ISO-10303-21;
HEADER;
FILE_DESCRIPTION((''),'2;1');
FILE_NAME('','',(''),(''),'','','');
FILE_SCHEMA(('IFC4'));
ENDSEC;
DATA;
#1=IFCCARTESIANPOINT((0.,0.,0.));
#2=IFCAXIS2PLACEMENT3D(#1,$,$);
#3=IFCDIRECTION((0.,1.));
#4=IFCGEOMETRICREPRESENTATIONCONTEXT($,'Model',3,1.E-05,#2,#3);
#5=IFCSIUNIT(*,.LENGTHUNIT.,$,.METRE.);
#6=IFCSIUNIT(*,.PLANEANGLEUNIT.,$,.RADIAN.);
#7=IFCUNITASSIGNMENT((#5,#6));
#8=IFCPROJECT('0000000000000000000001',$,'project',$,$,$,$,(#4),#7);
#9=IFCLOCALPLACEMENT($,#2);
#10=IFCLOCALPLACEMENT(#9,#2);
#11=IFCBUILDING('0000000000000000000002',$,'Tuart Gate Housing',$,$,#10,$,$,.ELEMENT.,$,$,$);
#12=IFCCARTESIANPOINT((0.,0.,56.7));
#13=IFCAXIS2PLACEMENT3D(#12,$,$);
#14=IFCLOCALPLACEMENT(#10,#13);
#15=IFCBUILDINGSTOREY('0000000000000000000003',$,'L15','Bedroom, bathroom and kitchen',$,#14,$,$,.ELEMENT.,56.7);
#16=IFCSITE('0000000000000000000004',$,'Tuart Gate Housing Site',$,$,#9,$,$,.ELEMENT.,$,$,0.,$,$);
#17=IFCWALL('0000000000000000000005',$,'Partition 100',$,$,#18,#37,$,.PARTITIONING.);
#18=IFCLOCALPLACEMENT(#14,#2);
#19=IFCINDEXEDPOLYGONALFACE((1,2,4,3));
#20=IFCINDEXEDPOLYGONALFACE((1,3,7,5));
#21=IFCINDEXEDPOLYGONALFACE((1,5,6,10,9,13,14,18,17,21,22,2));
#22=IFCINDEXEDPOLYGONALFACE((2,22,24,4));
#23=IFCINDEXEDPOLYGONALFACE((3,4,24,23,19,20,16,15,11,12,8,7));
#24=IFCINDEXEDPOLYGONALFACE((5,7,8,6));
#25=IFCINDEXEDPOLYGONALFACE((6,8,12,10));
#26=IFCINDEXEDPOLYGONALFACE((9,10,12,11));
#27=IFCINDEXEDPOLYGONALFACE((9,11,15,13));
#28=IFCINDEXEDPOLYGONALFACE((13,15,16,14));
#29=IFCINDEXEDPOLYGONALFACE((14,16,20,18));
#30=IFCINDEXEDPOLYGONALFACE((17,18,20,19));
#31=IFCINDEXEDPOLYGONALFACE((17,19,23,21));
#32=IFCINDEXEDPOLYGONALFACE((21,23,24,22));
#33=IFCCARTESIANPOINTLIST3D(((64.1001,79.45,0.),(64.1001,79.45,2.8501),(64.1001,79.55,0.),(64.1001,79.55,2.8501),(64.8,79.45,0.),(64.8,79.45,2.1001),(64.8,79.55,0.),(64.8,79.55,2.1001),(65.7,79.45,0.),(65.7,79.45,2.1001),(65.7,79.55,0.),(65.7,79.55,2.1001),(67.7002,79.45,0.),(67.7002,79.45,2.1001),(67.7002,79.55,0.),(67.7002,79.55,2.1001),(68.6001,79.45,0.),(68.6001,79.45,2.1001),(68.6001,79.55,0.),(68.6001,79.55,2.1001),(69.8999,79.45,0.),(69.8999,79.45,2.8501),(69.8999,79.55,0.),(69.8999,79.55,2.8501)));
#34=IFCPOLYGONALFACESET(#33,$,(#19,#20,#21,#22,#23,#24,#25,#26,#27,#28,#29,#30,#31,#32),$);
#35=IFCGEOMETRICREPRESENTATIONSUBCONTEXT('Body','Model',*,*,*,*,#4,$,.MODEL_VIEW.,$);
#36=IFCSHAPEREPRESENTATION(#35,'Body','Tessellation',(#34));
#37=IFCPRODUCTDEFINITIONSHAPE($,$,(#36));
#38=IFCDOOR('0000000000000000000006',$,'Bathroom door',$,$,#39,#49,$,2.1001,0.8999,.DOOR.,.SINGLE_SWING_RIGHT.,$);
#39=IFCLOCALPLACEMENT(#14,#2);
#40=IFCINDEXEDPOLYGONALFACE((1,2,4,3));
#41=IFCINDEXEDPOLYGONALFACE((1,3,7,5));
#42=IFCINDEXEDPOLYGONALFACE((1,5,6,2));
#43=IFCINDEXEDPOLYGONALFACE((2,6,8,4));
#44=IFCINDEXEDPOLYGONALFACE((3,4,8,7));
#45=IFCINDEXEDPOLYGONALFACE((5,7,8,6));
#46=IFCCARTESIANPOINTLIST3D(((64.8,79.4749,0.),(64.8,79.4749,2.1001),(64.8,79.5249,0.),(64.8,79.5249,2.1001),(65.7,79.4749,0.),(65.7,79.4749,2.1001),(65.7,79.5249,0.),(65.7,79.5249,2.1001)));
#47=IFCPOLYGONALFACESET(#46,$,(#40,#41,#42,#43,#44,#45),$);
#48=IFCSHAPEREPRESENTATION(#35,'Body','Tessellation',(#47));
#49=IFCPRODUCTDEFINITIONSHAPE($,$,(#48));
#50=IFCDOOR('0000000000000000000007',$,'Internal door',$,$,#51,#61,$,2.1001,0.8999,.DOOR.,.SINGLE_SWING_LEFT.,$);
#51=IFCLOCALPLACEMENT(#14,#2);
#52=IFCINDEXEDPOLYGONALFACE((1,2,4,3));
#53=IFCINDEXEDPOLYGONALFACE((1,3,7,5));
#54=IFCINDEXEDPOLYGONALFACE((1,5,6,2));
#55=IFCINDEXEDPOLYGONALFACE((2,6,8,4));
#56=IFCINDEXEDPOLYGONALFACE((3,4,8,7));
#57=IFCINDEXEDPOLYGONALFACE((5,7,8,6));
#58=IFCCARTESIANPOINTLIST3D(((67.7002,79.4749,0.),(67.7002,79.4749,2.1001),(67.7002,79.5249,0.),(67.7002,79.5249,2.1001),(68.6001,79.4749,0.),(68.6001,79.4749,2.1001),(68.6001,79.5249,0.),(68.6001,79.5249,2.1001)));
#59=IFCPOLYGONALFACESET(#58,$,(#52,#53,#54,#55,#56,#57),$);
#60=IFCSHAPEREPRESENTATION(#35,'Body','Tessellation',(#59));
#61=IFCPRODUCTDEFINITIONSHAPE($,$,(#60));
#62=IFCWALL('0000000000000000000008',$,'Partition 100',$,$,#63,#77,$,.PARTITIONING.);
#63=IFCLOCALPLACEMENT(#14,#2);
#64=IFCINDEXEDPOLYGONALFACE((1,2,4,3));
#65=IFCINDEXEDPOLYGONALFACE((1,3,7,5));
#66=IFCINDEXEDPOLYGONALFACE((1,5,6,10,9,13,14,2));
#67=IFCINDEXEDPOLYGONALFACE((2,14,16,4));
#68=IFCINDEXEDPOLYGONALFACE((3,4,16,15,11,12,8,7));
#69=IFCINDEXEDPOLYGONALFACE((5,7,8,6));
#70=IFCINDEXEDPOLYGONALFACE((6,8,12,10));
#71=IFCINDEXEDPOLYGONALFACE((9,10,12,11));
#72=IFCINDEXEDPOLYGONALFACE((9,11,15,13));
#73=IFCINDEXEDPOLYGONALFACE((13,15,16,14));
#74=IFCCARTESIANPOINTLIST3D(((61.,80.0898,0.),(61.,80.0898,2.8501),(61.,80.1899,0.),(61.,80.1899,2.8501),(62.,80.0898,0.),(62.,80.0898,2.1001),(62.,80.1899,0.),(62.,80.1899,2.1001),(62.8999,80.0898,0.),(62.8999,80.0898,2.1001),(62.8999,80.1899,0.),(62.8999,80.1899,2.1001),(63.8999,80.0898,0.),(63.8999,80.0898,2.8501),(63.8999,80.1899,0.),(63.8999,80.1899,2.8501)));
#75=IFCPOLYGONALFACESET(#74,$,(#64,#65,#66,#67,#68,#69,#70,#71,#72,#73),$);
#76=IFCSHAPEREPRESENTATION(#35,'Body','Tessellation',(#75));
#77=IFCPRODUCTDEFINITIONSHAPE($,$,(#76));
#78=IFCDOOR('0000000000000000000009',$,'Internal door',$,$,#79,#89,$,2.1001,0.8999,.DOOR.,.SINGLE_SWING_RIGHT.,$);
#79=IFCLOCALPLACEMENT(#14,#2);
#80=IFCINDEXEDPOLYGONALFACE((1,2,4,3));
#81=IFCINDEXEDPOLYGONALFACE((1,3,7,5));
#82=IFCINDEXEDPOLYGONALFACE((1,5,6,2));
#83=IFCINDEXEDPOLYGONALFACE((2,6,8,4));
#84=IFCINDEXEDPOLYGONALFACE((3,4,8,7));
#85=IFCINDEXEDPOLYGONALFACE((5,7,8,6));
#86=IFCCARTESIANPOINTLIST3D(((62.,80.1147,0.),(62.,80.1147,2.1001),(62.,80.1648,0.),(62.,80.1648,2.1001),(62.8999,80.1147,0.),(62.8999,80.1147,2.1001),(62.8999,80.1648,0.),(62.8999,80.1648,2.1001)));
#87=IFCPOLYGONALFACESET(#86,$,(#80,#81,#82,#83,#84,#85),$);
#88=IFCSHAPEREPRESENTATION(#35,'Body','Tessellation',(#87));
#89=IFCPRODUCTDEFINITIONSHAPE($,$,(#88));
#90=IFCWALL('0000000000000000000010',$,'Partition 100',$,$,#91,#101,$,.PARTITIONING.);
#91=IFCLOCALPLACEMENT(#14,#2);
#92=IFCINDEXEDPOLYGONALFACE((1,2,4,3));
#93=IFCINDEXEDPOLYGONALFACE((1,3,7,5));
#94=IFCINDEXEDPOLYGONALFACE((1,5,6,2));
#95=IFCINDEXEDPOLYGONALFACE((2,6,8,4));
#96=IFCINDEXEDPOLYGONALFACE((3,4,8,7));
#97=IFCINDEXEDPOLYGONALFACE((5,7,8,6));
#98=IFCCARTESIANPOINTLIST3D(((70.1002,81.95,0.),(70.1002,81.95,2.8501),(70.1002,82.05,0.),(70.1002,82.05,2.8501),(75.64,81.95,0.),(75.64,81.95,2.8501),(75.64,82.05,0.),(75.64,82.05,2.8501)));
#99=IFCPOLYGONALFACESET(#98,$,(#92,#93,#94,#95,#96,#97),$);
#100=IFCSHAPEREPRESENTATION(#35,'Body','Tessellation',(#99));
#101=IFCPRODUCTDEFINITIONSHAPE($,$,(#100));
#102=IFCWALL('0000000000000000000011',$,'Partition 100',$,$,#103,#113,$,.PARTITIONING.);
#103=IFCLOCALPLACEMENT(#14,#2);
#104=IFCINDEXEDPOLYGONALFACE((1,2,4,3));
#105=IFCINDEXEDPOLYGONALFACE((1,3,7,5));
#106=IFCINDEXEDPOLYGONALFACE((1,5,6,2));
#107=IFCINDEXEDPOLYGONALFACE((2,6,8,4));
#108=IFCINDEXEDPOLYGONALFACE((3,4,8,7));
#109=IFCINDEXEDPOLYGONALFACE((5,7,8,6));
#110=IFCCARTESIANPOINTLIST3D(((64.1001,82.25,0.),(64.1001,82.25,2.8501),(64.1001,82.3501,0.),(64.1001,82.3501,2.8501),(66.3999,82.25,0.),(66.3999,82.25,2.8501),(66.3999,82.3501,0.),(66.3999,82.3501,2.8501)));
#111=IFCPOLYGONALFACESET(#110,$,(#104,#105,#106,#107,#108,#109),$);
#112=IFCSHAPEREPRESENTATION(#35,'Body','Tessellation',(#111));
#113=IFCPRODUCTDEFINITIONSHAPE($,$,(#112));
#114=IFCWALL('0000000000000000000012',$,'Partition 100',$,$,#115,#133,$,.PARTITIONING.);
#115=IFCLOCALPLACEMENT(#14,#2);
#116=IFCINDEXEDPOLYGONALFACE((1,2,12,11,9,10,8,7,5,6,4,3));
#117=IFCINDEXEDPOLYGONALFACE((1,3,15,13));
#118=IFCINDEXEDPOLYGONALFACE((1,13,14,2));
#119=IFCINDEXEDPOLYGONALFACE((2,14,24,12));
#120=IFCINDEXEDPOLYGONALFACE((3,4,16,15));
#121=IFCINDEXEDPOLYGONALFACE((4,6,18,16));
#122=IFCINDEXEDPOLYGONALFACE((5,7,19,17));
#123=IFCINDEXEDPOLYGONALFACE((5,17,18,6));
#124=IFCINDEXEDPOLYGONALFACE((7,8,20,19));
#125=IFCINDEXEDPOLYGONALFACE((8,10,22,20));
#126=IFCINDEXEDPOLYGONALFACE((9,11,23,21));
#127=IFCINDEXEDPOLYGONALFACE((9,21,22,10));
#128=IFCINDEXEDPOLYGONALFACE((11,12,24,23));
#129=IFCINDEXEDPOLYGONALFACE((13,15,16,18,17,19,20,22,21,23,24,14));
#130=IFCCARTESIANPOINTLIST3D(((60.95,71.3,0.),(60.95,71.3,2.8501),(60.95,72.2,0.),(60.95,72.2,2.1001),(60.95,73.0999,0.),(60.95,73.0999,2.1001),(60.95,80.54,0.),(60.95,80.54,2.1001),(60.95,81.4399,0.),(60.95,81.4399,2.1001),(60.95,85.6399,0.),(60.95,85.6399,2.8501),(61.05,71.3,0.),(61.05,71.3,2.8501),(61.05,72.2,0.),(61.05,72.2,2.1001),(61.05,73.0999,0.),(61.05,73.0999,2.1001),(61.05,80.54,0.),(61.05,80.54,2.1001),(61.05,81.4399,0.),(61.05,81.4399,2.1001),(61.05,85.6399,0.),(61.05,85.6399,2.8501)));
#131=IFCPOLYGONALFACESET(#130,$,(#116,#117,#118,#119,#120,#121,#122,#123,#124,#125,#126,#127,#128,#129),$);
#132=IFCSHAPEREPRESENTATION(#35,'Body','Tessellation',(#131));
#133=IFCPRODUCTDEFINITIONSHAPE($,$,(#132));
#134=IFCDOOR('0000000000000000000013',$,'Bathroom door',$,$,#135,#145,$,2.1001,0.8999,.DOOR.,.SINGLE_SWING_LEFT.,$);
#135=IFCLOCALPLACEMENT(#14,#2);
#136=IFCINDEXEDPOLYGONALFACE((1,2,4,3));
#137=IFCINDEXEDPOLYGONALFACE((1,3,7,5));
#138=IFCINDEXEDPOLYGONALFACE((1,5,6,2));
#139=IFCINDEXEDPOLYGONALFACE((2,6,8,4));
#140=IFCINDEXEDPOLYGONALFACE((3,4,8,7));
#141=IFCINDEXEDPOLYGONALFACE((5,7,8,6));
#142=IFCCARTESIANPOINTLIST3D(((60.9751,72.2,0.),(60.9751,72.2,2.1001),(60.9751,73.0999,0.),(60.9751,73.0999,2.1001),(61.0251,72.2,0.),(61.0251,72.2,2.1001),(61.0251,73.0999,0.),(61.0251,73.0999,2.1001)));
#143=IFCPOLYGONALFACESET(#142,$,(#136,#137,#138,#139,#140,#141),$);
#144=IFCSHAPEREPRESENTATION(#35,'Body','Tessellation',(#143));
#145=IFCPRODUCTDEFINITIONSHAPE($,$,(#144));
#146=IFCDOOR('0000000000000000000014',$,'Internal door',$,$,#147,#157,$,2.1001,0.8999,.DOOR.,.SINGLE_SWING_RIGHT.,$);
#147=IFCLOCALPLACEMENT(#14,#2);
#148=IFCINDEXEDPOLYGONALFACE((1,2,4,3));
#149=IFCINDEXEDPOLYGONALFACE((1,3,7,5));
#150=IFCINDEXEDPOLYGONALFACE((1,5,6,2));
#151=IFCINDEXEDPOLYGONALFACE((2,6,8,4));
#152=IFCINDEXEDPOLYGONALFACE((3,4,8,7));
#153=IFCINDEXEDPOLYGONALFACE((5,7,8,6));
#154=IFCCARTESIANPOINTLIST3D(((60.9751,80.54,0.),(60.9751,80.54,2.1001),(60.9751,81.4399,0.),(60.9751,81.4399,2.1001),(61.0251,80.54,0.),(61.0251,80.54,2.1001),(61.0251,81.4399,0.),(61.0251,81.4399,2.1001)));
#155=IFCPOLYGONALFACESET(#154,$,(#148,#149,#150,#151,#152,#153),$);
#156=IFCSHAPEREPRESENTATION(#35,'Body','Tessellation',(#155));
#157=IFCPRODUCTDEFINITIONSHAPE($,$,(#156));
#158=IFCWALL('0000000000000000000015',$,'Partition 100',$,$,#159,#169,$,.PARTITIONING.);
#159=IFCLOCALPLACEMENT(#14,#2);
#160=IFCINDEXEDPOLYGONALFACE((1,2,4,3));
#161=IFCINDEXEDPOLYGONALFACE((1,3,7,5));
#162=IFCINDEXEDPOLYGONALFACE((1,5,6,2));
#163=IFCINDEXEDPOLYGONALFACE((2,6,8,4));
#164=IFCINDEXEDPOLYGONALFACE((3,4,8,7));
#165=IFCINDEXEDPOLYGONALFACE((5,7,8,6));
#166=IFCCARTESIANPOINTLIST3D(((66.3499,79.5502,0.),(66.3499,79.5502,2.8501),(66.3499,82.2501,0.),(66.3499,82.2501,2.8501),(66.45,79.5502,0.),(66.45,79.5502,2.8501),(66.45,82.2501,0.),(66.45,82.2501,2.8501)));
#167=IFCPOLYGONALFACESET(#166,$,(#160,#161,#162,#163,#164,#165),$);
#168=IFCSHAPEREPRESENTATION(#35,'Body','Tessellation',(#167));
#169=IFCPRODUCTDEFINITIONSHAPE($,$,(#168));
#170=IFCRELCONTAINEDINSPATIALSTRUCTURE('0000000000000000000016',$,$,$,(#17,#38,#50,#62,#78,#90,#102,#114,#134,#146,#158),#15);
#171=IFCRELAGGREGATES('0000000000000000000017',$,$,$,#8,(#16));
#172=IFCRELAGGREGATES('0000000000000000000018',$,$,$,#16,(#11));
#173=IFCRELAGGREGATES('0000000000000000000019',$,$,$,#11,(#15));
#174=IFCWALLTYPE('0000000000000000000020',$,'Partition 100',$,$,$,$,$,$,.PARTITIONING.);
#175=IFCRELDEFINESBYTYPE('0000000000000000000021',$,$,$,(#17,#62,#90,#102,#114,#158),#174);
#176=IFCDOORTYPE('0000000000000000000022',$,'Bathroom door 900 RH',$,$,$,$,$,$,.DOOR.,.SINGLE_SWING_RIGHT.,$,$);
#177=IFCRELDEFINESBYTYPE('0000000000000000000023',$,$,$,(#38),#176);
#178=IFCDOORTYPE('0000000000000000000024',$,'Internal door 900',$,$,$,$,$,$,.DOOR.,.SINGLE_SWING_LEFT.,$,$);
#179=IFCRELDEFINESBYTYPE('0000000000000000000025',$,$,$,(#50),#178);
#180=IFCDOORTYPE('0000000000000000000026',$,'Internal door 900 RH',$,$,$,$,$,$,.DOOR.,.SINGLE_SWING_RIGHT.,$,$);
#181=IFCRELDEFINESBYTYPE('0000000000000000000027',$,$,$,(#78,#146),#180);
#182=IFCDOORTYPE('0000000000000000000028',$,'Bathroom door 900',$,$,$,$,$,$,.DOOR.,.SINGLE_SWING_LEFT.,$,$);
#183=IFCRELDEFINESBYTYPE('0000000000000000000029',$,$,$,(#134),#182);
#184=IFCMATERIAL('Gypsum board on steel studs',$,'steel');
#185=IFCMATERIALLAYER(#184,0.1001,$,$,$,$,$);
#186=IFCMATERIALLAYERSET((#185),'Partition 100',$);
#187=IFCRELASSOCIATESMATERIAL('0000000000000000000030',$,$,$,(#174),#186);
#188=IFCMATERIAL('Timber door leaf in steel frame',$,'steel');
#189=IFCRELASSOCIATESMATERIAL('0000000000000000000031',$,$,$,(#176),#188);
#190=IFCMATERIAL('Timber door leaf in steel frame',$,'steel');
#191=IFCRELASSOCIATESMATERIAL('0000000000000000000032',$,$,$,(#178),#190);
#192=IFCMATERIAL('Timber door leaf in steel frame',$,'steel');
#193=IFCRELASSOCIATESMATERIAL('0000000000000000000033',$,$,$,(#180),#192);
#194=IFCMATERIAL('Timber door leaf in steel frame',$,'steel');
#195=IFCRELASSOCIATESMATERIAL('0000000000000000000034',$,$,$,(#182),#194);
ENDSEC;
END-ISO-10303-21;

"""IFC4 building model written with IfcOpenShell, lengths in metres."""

from ifc_helpers import new_model, si_unit, direction, frame, frame_2d, origin, place, context, subcontext, project, spatial, rectangle, extrude, material, layer, layer_set, type_object, element, fill, save


model = new_model("IFC4")

# Units and contexts
model_context = context("Model", 3, precision=1e-05, world=origin(), true_north=direction((0.0, 1.0)))
body_context = subcontext(model_context, "Body", "Model", "MODEL_VIEW")
ifc_project = project(units=[si_unit("LENGTHUNIT", "METRE"), si_unit("PLANEANGLEUNIT", "RADIAN")], contexts=[model_context])

# Site, building, storey
site_placement = place(None, origin())
site = spatial("IfcSite", under=ifc_project, at=site_placement, Name="Tuart Gate Housing Site", CompositionType="ELEMENT", RefElevation=0.0)
building_placement = place(site_placement, origin())
building = spatial("IfcBuilding", under=site, at=building_placement, Name="Tuart Gate Housing", CompositionType="ELEMENT")
storey_placement = place(building_placement, frame((0.0, 0.0, 56.7)))
storey = spatial("IfcBuildingStorey", under=building, at=storey_placement, Name="L15", Description="Bedroom, bathroom and kitchen", CompositionType="ELEMENT", Elevation=56.7)

# Wall, openings, doors
ifc_material_1 = material(Name="Gypsum board on steel studs", Category="steel")
ifc_layer_1 = layer(ifc_material_1, 0.1001)
ifc_layer_set_1 = layer_set([ifc_layer_1], Name="Partition 100")
wall_type_1 = type_object("IfcWallType", Name="Partition 100", PredefinedType="PARTITIONING", material=ifc_layer_set_1)
wall_1_placement = place(storey_placement, frame((64.1001, 79.5, 0.0), z_axis=(0.0, 0.0, 1.0), x_axis=(1.0, 0.0, 0.0)))
wall_1 = element("IfcWall", 1, at=wall_1_placement, inside=storey, type_object=wall_type_1, Name="Partition 100", PredefinedType="PARTITIONING", context=body_context, shape_type="SweptSolid", body=[
    extrude(rectangle(XDim=5.7998, YDim=0.1001, at=frame_2d((2.8999, 0.0))), origin(), (0.0, 0.0, 1.0), 2.8501),
])
opening_1_placement = place(wall_1_placement, frame((3.6001, 0.0, 0.0)))
opening_1 = element("IfcOpeningElement", 2, at=opening_1_placement, cuts=wall_1, PredefinedType="OPENING", context=body_context, shape_type="SweptSolid", body=[
    extrude(rectangle(XDim=0.8999, YDim=2.1001, at=frame_2d((0.45, 1.05))), frame((0.0, 0.0601, 0.0), z_axis=(0.0, -1.0, 0.0), x_axis=(1.0, 0.0, 0.0)), (0.0, 0.0, 1.0), 0.1201),
])
opening_2_placement = place(wall_1_placement, frame((0.7, 0.0, 0.0)))
opening_2 = element("IfcOpeningElement", 3, at=opening_2_placement, cuts=wall_1, PredefinedType="OPENING", context=body_context, shape_type="SweptSolid", body=[
    extrude(rectangle(XDim=0.8999, YDim=2.1001, at=frame_2d((0.45, 1.05))), frame((0.0, 0.0601, 0.0), z_axis=(0.0, -1.0, 0.0), x_axis=(1.0, 0.0, 0.0)), (0.0, 0.0, 1.0), 0.1201),
])
ifc_material_2 = material(Name="Timber door leaf in steel frame", Category="steel")
door_type_1 = type_object("IfcDoorType", Name="Bathroom door 900 RH", OperationType="SINGLE_SWING_RIGHT", PredefinedType="DOOR", material=ifc_material_2)
door_1_placement = place(opening_2_placement, origin())
door_1 = element("IfcDoor", 4, at=door_1_placement, inside=storey, type_object=door_type_1, Name="Bathroom door", OperationType="SINGLE_SWING_RIGHT", OverallHeight=2.1001, OverallWidth=0.8999, PredefinedType="DOOR", context=body_context, shape_type="SweptSolid", body=[
    extrude(rectangle(XDim=0.8999, YDim=2.1001, at=frame_2d((0.45, 1.05))), frame((0.0, 0.0249, 0.0), z_axis=(0.0, -1.0, 0.0), x_axis=(1.0, 0.0, 0.0)), (0.0, 0.0, 1.0), 0.05),
])
fill(opening_2, door_1)
ifc_material_3 = material(Name="Timber door leaf in steel frame", Category="steel")
door_type_2 = type_object("IfcDoorType", Name="Internal door 900", OperationType="SINGLE_SWING_LEFT", PredefinedType="DOOR", material=ifc_material_3)
door_2_placement = place(opening_1_placement, frame((0.8999, 0.0, 0.0), z_axis=(0.0, 0.0, 1.0), x_axis=(-1.0, 0.0, 0.0)))
door_2 = element("IfcDoor", 5, at=door_2_placement, inside=storey, type_object=door_type_2, Name="Internal door", OperationType="SINGLE_SWING_LEFT", OverallHeight=2.1001, OverallWidth=0.8999, PredefinedType="DOOR", context=body_context, shape_type="SweptSolid", body=[
    extrude(rectangle(XDim=0.8999, YDim=2.1001, at=frame_2d((0.45, 1.05))), frame((0.0, 0.0251, 0.0), z_axis=(0.0, -1.0, 0.0), x_axis=(1.0, 0.0, 0.0)), (0.0, 0.0, 1.0), 0.05),
])
fill(opening_1, door_2)

# Wall, opening, door
wall_2_placement = place(storey_placement, frame((61.0, 80.1399, 0.0), z_axis=(0.0, 0.0, 1.0), x_axis=(1.0, 0.0, 0.0)))
wall_2 = element("IfcWall", 6, at=wall_2_placement, inside=storey, type_object=wall_type_1, Name="Partition 100", PredefinedType="PARTITIONING", context=body_context, shape_type="SweptSolid", body=[
    extrude(rectangle(XDim=2.8999, YDim=0.1001, at=frame_2d((1.45, 0.0))), origin(), (0.0, 0.0, 1.0), 2.8501),
])
opening_3_placement = place(wall_2_placement, frame((1.0, 0.0, 0.0)))
opening_3 = element("IfcOpeningElement", 7, at=opening_3_placement, cuts=wall_2, PredefinedType="OPENING", context=body_context, shape_type="SweptSolid", body=[
    extrude(rectangle(XDim=0.8999, YDim=2.1001, at=frame_2d((0.45, 1.05))), frame((0.0, 0.0601, 0.0), z_axis=(0.0, -1.0, 0.0), x_axis=(1.0, 0.0, 0.0)), (0.0, 0.0, 1.0), 0.1201),
])
ifc_material_4 = material(Name="Timber door leaf in steel frame", Category="steel")
door_type_3 = type_object("IfcDoorType", Name="Internal door 900 RH", OperationType="SINGLE_SWING_RIGHT", PredefinedType="DOOR", material=ifc_material_4)
door_3_placement = place(opening_3_placement, frame((0.8999, 0.0, 0.0), z_axis=(0.0, 0.0, 1.0), x_axis=(-1.0, 0.0, 0.0)))
door_3 = element("IfcDoor", 8, at=door_3_placement, inside=storey, type_object=door_type_3, Name="Internal door", OperationType="SINGLE_SWING_RIGHT", OverallHeight=2.1001, OverallWidth=0.8999, PredefinedType="DOOR", context=body_context, shape_type="SweptSolid", body=[
    extrude(rectangle(XDim=0.8999, YDim=2.1001, at=frame_2d((0.45, 1.05))), frame((0.0, 0.0251, 0.0), z_axis=(0.0, -1.0, 0.0), x_axis=(1.0, 0.0, 0.0)), (0.0, 0.0, 1.0), 0.05),
])
fill(opening_3, door_3)

# Walls
wall_3_placement = place(storey_placement, frame((70.1001, 82.0, 0.0), z_axis=(0.0, 0.0, 1.0), x_axis=(1.0, 0.0, 0.0)))
element("IfcWall", 9, at=wall_3_placement, inside=storey, type_object=wall_type_1, Name="Partition 100", PredefinedType="PARTITIONING", context=body_context, shape_type="SweptSolid", body=[
    extrude(rectangle(XDim=5.5398, YDim=0.1001, at=frame_2d((2.77, 0.0))), origin(), (0.0, 0.0, 1.0), 2.8501),
])
wall_4_placement = place(storey_placement, frame((64.1001, 82.3, 0.0), z_axis=(0.0, 0.0, 1.0), x_axis=(1.0, 0.0, 0.0)))
element("IfcWall", 10, at=wall_4_placement, inside=storey, type_object=wall_type_1, Name="Partition 100", PredefinedType="PARTITIONING", context=body_context, shape_type="SweptSolid", body=[
    extrude(rectangle(XDim=2.2998, YDim=0.1001, at=frame_2d((1.1499, 0.0))), origin(), (0.0, 0.0, 1.0), 2.8501),
])

# Wall, openings, doors
wall_5_placement = place(storey_placement, frame((61.0, 71.3, 0.0), z_axis=(0.0, 0.0, 1.0), x_axis=(0.0, 1.0, 0.0)))
wall_5 = element("IfcWall", 11, at=wall_5_placement, inside=storey, type_object=wall_type_1, Name="Partition 100", PredefinedType="PARTITIONING", context=body_context, shape_type="SweptSolid", body=[
    extrude(rectangle(XDim=14.3398, YDim=0.1001, at=frame_2d((7.1699, 0.0))), origin(), (0.0, 0.0, 1.0), 2.8501),
])
opening_4_placement = place(wall_5_placement, frame((9.24, 0.0, 0.0)))
opening_4 = element("IfcOpeningElement", 12, at=opening_4_placement, cuts=wall_5, PredefinedType="OPENING", context=body_context, shape_type="SweptSolid", body=[
    extrude(rectangle(XDim=0.8999, YDim=2.1001, at=frame_2d((0.45, 1.05))), frame((0.0, 0.0601, 0.0), z_axis=(0.0, -1.0, 0.0), x_axis=(1.0, 0.0, 0.0)), (0.0, 0.0, 1.0), 0.1201),
])
opening_5_placement = place(wall_5_placement, frame((0.8999, 0.0, 0.0)))
opening_5 = element("IfcOpeningElement", 13, at=opening_5_placement, cuts=wall_5, PredefinedType="OPENING", context=body_context, shape_type="SweptSolid", body=[
    extrude(rectangle(XDim=0.8999, YDim=2.1001, at=frame_2d((0.45, 1.05))), frame((0.0, 0.0601, 0.0), z_axis=(0.0, -1.0, 0.0), x_axis=(1.0, 0.0, 0.0)), (0.0, 0.0, 1.0), 0.1201),
])
ifc_material_5 = material(Name="Timber door leaf in steel frame", Category="steel")
door_type_4 = type_object("IfcDoorType", Name="Bathroom door 900", OperationType="SINGLE_SWING_LEFT", PredefinedType="DOOR", material=ifc_material_5)
door_4_placement = place(opening_5_placement, origin())
door_4 = element("IfcDoor", 14, at=door_4_placement, inside=storey, type_object=door_type_4, Name="Bathroom door", OperationType="SINGLE_SWING_LEFT", OverallHeight=2.1001, OverallWidth=0.8999, PredefinedType="DOOR", context=body_context, shape_type="SweptSolid", body=[
    extrude(rectangle(XDim=0.8999, YDim=2.1001, at=frame_2d((0.45, 1.05))), frame((0.0, 0.0249, 0.0), z_axis=(0.0, -1.0, 0.0), x_axis=(1.0, 0.0, 0.0)), (0.0, 0.0, 1.0), 0.05),
])
fill(opening_5, door_4)
door_5_placement = place(opening_4_placement, origin())
door_5 = element("IfcDoor", 15, at=door_5_placement, inside=storey, type_object=door_type_3, Name="Internal door", OperationType="SINGLE_SWING_RIGHT", OverallHeight=2.1001, OverallWidth=0.8999, PredefinedType="DOOR", context=body_context, shape_type="SweptSolid", body=[
    extrude(rectangle(XDim=0.8999, YDim=2.1001, at=frame_2d((0.45, 1.05))), frame((0.0, 0.0249, 0.0), z_axis=(0.0, -1.0, 0.0), x_axis=(1.0, 0.0, 0.0)), (0.0, 0.0, 1.0), 0.05),
])
fill(opening_4, door_5)

# Wall
wall_6_placement = place(storey_placement, frame((66.3999, 79.55, 0.0), z_axis=(0.0, 0.0, 1.0), x_axis=(0.0, 1.0, 0.0)))
element("IfcWall", 16, at=wall_6_placement, inside=storey, type_object=wall_type_1, Name="Partition 100", PredefinedType="PARTITIONING", context=body_context, shape_type="SweptSolid", body=[
    extrude(rectangle(XDim=2.7, YDim=0.1001, at=frame_2d((1.3501, 0.0))), origin(), (0.0, 0.0, 1.0), 2.8501),
])

save(model, "model.ifc")
